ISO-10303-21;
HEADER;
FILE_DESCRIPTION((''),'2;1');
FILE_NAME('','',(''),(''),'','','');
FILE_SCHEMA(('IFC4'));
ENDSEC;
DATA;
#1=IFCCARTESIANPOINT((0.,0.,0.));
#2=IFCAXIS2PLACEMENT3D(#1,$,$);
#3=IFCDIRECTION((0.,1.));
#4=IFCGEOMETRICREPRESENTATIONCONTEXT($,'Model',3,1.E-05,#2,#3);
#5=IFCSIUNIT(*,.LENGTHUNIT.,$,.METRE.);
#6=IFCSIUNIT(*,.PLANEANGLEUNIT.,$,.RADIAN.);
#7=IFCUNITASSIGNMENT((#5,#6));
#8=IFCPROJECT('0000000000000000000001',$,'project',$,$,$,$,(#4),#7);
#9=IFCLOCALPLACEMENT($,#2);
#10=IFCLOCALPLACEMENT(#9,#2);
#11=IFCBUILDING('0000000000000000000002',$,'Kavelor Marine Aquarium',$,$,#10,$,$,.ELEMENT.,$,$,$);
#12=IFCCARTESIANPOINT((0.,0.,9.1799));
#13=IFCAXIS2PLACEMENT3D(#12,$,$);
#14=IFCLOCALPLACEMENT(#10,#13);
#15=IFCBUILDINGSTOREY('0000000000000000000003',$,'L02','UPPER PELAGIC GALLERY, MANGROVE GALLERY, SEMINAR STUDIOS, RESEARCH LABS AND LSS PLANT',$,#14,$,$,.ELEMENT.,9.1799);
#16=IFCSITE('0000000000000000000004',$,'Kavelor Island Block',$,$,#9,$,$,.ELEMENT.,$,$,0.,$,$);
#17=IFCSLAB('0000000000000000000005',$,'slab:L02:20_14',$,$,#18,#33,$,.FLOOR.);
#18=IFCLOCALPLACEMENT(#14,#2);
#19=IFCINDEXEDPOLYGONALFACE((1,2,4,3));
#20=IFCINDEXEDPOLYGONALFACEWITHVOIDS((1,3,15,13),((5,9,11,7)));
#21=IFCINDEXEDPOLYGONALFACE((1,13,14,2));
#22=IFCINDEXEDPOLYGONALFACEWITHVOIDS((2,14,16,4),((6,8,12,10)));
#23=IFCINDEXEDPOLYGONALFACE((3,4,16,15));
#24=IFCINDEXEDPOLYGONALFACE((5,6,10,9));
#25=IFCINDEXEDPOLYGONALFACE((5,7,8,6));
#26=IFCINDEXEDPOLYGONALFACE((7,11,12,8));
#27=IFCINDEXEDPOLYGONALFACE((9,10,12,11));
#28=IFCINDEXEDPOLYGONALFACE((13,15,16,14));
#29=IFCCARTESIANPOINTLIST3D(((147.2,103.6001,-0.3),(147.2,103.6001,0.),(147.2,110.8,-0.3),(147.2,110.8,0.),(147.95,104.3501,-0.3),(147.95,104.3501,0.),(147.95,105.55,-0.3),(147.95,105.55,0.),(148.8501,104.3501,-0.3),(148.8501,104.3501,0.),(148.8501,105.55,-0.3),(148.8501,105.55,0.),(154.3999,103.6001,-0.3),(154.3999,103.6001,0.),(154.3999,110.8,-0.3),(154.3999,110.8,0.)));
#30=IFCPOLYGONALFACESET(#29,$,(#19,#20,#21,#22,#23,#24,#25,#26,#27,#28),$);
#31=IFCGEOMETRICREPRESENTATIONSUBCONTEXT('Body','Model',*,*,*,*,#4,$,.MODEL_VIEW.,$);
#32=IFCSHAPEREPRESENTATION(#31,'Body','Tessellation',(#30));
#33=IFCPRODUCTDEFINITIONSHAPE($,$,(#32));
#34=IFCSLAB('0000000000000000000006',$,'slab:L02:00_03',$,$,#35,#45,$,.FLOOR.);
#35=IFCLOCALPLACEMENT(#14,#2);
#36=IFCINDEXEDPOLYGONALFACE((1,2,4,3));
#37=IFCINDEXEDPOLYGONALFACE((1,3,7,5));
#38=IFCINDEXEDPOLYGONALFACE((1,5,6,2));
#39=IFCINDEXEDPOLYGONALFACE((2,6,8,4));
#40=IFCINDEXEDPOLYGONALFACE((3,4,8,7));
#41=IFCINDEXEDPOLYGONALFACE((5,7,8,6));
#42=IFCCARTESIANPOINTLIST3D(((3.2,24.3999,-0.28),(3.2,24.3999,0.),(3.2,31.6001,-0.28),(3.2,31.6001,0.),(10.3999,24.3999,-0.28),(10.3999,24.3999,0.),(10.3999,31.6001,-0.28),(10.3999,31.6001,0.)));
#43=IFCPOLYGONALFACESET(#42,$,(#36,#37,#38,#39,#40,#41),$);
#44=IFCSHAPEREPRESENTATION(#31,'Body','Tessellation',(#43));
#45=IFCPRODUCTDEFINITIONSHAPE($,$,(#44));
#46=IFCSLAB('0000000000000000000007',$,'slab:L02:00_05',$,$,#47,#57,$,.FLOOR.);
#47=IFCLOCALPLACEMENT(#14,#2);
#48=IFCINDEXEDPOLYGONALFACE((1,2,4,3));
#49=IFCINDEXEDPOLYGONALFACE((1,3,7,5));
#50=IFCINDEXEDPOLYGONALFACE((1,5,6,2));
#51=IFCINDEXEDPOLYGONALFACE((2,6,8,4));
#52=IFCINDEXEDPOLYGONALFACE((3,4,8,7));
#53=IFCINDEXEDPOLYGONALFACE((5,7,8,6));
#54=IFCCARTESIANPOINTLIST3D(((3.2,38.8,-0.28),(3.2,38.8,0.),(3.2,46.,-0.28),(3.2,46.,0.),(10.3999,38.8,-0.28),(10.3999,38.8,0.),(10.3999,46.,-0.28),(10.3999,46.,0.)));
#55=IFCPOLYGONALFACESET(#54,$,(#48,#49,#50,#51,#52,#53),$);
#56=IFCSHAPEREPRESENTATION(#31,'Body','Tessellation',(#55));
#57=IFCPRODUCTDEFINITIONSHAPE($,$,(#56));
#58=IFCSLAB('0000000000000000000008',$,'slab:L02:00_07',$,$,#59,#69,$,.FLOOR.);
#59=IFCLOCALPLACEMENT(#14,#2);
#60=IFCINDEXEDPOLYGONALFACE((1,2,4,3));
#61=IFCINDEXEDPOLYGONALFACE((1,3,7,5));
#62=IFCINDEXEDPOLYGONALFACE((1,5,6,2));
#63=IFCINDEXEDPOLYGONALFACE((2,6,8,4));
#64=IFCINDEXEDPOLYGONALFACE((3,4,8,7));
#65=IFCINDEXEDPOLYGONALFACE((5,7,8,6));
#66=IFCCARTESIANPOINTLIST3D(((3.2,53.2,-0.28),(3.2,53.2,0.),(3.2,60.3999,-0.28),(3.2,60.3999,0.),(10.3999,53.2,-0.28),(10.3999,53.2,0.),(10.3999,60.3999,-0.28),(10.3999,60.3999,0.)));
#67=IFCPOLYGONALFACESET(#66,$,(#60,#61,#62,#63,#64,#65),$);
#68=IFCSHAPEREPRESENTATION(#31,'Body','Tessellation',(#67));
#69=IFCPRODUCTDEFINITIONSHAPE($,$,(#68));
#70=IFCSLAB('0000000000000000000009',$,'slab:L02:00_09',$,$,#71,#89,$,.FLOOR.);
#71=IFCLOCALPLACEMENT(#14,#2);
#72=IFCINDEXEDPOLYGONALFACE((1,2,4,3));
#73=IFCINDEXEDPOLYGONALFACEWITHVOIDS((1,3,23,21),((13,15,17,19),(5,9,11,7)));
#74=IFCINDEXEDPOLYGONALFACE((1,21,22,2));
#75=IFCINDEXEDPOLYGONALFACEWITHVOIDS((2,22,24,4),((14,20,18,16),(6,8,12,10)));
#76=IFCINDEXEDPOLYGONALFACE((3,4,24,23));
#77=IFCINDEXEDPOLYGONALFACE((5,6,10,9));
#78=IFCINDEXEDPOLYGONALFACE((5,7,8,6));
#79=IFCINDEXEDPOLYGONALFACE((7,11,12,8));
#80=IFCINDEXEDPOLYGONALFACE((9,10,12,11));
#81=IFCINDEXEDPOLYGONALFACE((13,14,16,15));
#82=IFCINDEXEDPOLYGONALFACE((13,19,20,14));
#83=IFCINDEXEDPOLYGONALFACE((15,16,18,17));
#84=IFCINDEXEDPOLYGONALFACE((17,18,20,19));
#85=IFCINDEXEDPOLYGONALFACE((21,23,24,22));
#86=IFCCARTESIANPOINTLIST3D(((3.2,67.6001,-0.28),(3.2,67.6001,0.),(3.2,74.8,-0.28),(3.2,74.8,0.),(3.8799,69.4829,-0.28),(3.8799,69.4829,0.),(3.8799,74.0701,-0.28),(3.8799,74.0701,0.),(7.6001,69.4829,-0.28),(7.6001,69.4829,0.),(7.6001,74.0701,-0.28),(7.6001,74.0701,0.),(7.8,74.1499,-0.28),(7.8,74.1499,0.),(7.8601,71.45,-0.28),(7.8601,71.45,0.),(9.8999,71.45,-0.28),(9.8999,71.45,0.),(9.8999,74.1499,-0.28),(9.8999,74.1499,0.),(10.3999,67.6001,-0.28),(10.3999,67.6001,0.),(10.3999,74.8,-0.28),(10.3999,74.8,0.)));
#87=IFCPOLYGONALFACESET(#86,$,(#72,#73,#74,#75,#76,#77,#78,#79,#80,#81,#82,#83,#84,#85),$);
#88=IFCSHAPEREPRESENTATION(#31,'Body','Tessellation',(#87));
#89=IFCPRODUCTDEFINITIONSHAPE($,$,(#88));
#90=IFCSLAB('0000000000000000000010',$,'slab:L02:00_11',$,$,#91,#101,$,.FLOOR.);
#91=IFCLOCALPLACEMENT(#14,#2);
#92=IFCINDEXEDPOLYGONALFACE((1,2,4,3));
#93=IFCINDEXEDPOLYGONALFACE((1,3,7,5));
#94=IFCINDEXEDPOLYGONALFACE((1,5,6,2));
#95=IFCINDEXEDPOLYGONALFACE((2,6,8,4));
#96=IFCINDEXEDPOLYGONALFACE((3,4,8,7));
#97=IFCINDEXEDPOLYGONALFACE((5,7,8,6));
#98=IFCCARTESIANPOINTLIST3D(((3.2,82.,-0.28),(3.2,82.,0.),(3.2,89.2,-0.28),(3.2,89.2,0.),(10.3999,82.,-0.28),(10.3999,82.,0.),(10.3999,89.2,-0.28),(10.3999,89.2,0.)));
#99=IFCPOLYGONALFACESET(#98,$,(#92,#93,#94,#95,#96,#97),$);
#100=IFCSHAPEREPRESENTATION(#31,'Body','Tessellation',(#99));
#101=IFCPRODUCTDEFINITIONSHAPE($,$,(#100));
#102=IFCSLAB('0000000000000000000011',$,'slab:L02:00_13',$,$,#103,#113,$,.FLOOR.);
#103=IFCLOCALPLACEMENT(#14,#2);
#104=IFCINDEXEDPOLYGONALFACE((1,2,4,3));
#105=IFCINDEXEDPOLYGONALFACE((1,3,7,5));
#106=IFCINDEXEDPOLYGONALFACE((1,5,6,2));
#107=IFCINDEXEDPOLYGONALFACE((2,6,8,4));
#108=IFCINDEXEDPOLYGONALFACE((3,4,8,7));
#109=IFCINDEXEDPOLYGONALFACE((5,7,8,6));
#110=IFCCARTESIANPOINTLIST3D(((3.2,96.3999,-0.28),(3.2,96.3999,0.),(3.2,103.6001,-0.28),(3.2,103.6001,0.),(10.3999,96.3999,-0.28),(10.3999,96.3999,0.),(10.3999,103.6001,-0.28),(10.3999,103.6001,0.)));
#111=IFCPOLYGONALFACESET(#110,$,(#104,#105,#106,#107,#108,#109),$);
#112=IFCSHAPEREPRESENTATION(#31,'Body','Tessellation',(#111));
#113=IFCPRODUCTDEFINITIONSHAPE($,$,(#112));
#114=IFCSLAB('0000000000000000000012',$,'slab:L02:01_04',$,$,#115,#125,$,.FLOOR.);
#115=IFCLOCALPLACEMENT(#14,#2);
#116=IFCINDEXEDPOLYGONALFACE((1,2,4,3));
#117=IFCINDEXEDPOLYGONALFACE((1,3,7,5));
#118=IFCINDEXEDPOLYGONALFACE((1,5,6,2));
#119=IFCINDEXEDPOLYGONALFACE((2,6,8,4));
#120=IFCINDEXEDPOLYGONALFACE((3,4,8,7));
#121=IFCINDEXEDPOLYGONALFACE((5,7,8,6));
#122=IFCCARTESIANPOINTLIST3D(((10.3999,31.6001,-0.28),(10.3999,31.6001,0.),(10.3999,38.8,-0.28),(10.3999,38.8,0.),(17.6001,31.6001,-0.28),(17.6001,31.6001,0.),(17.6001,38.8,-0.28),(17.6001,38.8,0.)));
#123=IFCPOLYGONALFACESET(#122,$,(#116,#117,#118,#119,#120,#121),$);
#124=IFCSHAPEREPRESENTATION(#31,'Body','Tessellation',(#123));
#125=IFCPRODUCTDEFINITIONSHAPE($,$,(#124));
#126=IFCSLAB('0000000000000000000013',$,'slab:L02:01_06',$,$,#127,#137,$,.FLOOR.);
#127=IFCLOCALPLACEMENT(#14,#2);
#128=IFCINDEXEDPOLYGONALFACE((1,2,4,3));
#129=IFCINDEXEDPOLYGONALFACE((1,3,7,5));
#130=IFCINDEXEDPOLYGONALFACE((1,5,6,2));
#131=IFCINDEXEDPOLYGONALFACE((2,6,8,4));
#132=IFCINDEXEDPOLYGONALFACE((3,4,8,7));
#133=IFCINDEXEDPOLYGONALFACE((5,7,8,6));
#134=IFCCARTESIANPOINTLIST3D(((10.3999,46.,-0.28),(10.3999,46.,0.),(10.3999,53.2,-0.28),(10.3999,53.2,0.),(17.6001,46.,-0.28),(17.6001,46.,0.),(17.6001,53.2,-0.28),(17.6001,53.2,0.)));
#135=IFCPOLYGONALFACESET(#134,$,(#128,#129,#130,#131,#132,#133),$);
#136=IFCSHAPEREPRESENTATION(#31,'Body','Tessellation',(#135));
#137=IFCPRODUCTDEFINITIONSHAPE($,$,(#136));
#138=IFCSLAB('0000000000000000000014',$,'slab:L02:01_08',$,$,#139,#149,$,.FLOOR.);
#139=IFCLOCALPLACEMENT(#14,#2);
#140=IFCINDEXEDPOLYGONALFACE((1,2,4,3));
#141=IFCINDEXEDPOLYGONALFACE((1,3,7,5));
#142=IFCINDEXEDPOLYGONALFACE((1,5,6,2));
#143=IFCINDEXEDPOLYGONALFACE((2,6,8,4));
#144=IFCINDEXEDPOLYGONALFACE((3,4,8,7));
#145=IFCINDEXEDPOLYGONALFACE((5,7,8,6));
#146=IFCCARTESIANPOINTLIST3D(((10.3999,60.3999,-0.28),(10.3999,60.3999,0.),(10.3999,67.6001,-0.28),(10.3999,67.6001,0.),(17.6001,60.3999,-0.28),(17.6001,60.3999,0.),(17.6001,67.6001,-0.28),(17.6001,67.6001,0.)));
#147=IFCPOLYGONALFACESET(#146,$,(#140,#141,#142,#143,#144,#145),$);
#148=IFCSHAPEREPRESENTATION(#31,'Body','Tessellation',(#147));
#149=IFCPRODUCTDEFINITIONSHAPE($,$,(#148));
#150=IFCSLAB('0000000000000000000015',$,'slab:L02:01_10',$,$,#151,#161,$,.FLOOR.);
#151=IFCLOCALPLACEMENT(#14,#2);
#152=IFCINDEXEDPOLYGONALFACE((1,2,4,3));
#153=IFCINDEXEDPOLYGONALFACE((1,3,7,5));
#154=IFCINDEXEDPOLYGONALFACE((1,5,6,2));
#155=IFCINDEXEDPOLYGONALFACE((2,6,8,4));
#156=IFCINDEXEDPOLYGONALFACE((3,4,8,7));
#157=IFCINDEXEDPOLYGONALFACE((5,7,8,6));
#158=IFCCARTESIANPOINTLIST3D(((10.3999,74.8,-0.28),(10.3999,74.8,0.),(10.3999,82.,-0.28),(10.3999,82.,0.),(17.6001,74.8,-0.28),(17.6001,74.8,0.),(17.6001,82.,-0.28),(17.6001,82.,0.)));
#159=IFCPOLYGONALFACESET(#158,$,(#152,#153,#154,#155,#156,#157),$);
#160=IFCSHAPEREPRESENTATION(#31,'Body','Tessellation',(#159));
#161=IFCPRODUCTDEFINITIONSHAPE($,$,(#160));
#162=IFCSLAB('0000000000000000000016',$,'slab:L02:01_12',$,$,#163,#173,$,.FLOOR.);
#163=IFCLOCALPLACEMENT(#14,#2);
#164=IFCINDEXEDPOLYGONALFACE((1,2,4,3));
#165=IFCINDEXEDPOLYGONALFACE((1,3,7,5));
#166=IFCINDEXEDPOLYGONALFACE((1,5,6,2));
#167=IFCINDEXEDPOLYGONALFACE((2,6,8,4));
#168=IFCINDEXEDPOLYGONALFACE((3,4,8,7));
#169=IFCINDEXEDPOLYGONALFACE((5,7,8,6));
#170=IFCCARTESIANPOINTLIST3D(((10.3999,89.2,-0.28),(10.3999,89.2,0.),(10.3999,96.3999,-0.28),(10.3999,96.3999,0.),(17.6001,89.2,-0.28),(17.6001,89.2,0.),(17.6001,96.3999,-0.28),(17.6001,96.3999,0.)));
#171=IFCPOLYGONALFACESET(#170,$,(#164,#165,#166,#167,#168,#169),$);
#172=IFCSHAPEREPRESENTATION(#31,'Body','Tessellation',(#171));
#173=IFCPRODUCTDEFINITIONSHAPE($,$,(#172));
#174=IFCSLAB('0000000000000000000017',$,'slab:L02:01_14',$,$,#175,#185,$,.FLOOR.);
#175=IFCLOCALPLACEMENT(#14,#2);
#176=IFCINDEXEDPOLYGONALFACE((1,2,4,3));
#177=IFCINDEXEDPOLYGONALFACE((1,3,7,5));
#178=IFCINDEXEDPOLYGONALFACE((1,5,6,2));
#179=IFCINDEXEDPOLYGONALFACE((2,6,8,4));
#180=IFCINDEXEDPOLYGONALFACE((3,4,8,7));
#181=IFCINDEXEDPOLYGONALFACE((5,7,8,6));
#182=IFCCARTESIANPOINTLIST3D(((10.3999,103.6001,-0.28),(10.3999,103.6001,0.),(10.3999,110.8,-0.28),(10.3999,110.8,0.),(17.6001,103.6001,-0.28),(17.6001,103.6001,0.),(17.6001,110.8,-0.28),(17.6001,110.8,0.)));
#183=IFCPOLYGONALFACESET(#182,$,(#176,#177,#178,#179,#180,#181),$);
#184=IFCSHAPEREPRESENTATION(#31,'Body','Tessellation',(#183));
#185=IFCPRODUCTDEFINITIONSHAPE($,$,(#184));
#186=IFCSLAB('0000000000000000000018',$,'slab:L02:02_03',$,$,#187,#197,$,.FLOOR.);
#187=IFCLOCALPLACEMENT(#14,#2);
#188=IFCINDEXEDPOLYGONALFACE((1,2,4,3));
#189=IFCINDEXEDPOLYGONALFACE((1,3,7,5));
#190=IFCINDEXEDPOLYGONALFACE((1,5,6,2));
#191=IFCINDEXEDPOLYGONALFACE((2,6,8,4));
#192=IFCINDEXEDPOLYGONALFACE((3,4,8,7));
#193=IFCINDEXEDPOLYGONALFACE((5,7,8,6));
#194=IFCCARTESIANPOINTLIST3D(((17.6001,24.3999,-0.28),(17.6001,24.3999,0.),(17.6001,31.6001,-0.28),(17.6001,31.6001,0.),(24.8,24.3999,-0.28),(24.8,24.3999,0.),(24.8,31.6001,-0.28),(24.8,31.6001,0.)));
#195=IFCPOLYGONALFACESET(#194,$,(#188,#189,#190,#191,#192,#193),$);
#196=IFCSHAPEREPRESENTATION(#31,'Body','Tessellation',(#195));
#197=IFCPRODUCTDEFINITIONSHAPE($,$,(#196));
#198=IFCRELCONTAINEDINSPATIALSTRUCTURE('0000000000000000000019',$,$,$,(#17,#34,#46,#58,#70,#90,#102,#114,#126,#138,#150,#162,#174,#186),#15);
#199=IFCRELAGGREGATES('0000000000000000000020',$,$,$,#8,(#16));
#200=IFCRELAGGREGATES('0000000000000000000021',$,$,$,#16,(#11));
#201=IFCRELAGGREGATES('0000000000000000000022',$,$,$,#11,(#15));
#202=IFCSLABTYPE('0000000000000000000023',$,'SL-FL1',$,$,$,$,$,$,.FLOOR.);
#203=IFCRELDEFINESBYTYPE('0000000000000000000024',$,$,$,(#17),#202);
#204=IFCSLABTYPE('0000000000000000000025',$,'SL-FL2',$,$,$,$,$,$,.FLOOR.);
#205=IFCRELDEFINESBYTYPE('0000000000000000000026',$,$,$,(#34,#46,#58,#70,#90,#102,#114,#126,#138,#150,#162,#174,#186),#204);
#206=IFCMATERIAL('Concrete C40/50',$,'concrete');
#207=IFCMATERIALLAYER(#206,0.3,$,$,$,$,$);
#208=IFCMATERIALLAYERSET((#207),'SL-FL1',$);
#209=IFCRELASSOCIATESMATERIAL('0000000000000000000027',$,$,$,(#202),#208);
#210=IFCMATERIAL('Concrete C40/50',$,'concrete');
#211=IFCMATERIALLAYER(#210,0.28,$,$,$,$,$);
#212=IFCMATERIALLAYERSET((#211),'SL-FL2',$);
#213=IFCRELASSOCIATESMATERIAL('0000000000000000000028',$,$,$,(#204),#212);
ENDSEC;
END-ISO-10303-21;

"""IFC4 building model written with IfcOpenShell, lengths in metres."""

from ifc_helpers import new_model, si_unit, direction, frame, origin, place, context, subcontext, project, spatial, polyline, outline, extrude, material, layer, layer_set, type_object, element, save


model = new_model("IFC4")

# Units and contexts
model_context = context("Model", 3, precision=1e-05, world=origin(), true_north=direction((0.0, 1.0)))
body_context = subcontext(model_context, "Body", "Model", "MODEL_VIEW")
ifc_project = project(units=[si_unit("LENGTHUNIT", "METRE"), si_unit("PLANEANGLEUNIT", "RADIAN")], contexts=[model_context])

# Site, building, storey
site_placement = place(None, origin())
site = spatial("IfcSite", under=ifc_project, at=site_placement, Name="Kavelor Island Block", CompositionType="ELEMENT", RefElevation=0.0)
building_placement = place(site_placement, origin())
building = spatial("IfcBuilding", under=site, at=building_placement, Name="Kavelor Marine Aquarium", CompositionType="ELEMENT")
storey_placement = place(building_placement, frame((0.0, 0.0, 9.1799)))
storey = spatial("IfcBuildingStorey", under=building, at=storey_placement, Name="L02", Description="UPPER PELAGIC GALLERY, MANGROVE GALLERY, SEMINAR STUDIOS, RESEARCH LABS AND LSS PLANT", CompositionType="ELEMENT", Elevation=9.1799)

# Slabs
ifc_material_1 = material(Name="Concrete C40/50", Category="concrete")
ifc_layer_1 = layer(ifc_material_1, 0.3)
ifc_layer_set_1 = layer_set([ifc_layer_1], Name="SL-FL1")
slab_type_1 = type_object("IfcSlabType", Name="SL-FL1", PredefinedType="FLOOR", material=ifc_layer_set_1)
slab_1_placement = place(storey_placement, frame((0.0, 0.0, -0.3)))
element("IfcSlab", 1, at=slab_1_placement, inside=storey, type_object=slab_type_1, Name="slab:L02:20_14", PredefinedType="FLOOR", context=body_context, shape_type="SweptSolid", body=[
    extrude(outline(polyline([(147.2, 103.6001), (154.3999, 103.6001), (154.3999, 110.8), (147.2, 110.8), (147.2, 103.6001)]), holes=[polyline([(147.95, 104.3501), (148.8501, 104.3501), (148.8501, 105.55), (147.95, 105.55), (147.95, 104.3501)])]), origin(), (0.0, 0.0, 1.0), 0.3),
])
ifc_material_2 = material(Name="Concrete C40/50", Category="concrete")
ifc_layer_2 = layer(ifc_material_2, 0.28)
ifc_layer_set_2 = layer_set([ifc_layer_2], Name="SL-FL2")
slab_type_2 = type_object("IfcSlabType", Name="SL-FL2", PredefinedType="FLOOR", material=ifc_layer_set_2)
slab_2_placement = place(storey_placement, frame((0.0, 0.0, -0.28)))
element("IfcSlab", 2, at=slab_2_placement, inside=storey, type_object=slab_type_2, Name="slab:L02:00_03", PredefinedType="FLOOR", context=body_context, shape_type="SweptSolid", body=[
    extrude(outline(polyline([(3.2, 24.3999), (10.3999, 24.3999), (10.3999, 31.6001), (3.2, 31.6001), (3.2, 24.3999)])), origin(), (0.0, 0.0, 1.0), 0.28),
])
slab_3_placement = place(storey_placement, frame((0.0, 0.0, -0.28)))
element("IfcSlab", 3, at=slab_3_placement, inside=storey, type_object=slab_type_2, Name="slab:L02:00_05", PredefinedType="FLOOR", context=body_context, shape_type="SweptSolid", body=[
    extrude(outline(polyline([(3.2, 38.8), (10.3999, 38.8), (10.3999, 46.0), (3.2, 46.0), (3.2, 38.8)])), origin(), (0.0, 0.0, 1.0), 0.28),
])
slab_4_placement = place(storey_placement, frame((0.0, 0.0, -0.28)))
element("IfcSlab", 4, at=slab_4_placement, inside=storey, type_object=slab_type_2, Name="slab:L02:00_07", PredefinedType="FLOOR", context=body_context, shape_type="SweptSolid", body=[
    extrude(outline(polyline([(3.2, 53.2), (10.3999, 53.2), (10.3999, 60.3999), (3.2, 60.3999), (3.2, 53.2)])), origin(), (0.0, 0.0, 1.0), 0.28),
])
slab_5_placement = place(storey_placement, frame((0.0, 0.0, -0.28)))
element("IfcSlab", 5, at=slab_5_placement, inside=storey, type_object=slab_type_2, Name="slab:L02:00_09", PredefinedType="FLOOR", context=body_context, shape_type="SweptSolid", body=[
    extrude(outline(polyline([(3.2, 67.6001), (10.3999, 67.6001), (10.3999, 74.8), (3.2, 74.8), (3.2, 67.6001)]), holes=[polyline([(3.8799, 69.4829), (7.6001, 69.4829), (7.6001, 74.0701), (3.8799, 74.0701), (3.8799, 69.4829)]), polyline([(7.8601, 71.45), (9.8999, 71.45), (9.8999, 74.1499), (7.8, 74.1499), (7.8601, 71.45)])]), origin(), (0.0, 0.0, 1.0), 0.28),
])
slab_6_placement = place(storey_placement, frame((0.0, 0.0, -0.28)))
element("IfcSlab", 6, at=slab_6_placement, inside=storey, type_object=slab_type_2, Name="slab:L02:00_11", PredefinedType="FLOOR", context=body_context, shape_type="SweptSolid", body=[
    extrude(outline(polyline([(3.2, 82.0), (10.3999, 82.0), (10.3999, 89.2), (3.2, 89.2), (3.2, 82.0)])), origin(), (0.0, 0.0, 1.0), 0.28),
])
slab_7_placement = place(storey_placement, frame((0.0, 0.0, -0.28)))
element("IfcSlab", 7, at=slab_7_placement, inside=storey, type_object=slab_type_2, Name="slab:L02:00_13", PredefinedType="FLOOR", context=body_context, shape_type="SweptSolid", body=[
    extrude(outline(polyline([(3.2, 96.3999), (10.3999, 96.3999), (10.3999, 103.6001), (3.2, 103.6001), (3.2, 96.3999)])), origin(), (0.0, 0.0, 1.0), 0.28),
])
slab_8_placement = place(storey_placement, frame((0.0, 0.0, -0.28)))
element("IfcSlab", 8, at=slab_8_placement, inside=storey, type_object=slab_type_2, Name="slab:L02:01_04", PredefinedType="FLOOR", context=body_context, shape_type="SweptSolid", body=[
    extrude(outline(polyline([(10.3999, 31.6001), (17.6001, 31.6001), (17.6001, 38.8), (10.3999, 38.8), (10.3999, 31.6001)])), origin(), (0.0, 0.0, 1.0), 0.28),
])
slab_9_placement = place(storey_placement, frame((0.0, 0.0, -0.28)))
element("IfcSlab", 9, at=slab_9_placement, inside=storey, type_object=slab_type_2, Name="slab:L02:01_06", PredefinedType="FLOOR", context=body_context, shape_type="SweptSolid", body=[
    extrude(outline(polyline([(10.3999, 46.0), (17.6001, 46.0), (17.6001, 53.2), (10.3999, 53.2), (10.3999, 46.0)])), origin(), (0.0, 0.0, 1.0), 0.28),
])
slab_10_placement = place(storey_placement, frame((0.0, 0.0, -0.28)))
element("IfcSlab", 10, at=slab_10_placement, inside=storey, type_object=slab_type_2, Name="slab:L02:01_08", PredefinedType="FLOOR", context=body_context, shape_type="SweptSolid", body=[
    extrude(outline(polyline([(10.3999, 60.3999), (17.6001, 60.3999), (17.6001, 67.6001), (10.3999, 67.6001), (10.3999, 60.3999)])), origin(), (0.0, 0.0, 1.0), 0.28),
])
slab_11_placement = place(storey_placement, frame((0.0, 0.0, -0.28)))
element("IfcSlab", 11, at=slab_11_placement, inside=storey, type_object=slab_type_2, Name="slab:L02:01_10", PredefinedType="FLOOR", context=body_context, shape_type="SweptSolid", body=[
    extrude(outline(polyline([(10.3999, 74.8), (17.6001, 74.8), (17.6001, 82.0), (10.3999, 82.0), (10.3999, 74.8)])), origin(), (0.0, 0.0, 1.0), 0.28),
])
slab_12_placement = place(storey_placement, frame((0.0, 0.0, -0.28)))
element("IfcSlab", 12, at=slab_12_placement, inside=storey, type_object=slab_type_2, Name="slab:L02:01_12", PredefinedType="FLOOR", context=body_context, shape_type="SweptSolid", body=[
    extrude(outline(polyline([(10.3999, 89.2), (17.6001, 89.2), (17.6001, 96.3999), (10.3999, 96.3999), (10.3999, 89.2)])), origin(), (0.0, 0.0, 1.0), 0.28),
])
slab_13_placement = place(storey_placement, frame((0.0, 0.0, -0.28)))
element("IfcSlab", 13, at=slab_13_placement, inside=storey, type_object=slab_type_2, Name="slab:L02:01_14", PredefinedType="FLOOR", context=body_context, shape_type="SweptSolid", body=[
    extrude(outline(polyline([(10.3999, 103.6001), (17.6001, 103.6001), (17.6001, 110.8), (10.3999, 110.8), (10.3999, 103.6001)])), origin(), (0.0, 0.0, 1.0), 0.28),
])
slab_14_placement = place(storey_placement, frame((0.0, 0.0, -0.28)))
element("IfcSlab", 14, at=slab_14_placement, inside=storey, type_object=slab_type_2, Name="slab:L02:02_03", PredefinedType="FLOOR", context=body_context, shape_type="SweptSolid", body=[
    extrude(outline(polyline([(17.6001, 24.3999), (24.8, 24.3999), (24.8, 31.6001), (17.6001, 31.6001), (17.6001, 24.3999)])), origin(), (0.0, 0.0, 1.0), 0.28),
])

save(model, "model.ifc")
